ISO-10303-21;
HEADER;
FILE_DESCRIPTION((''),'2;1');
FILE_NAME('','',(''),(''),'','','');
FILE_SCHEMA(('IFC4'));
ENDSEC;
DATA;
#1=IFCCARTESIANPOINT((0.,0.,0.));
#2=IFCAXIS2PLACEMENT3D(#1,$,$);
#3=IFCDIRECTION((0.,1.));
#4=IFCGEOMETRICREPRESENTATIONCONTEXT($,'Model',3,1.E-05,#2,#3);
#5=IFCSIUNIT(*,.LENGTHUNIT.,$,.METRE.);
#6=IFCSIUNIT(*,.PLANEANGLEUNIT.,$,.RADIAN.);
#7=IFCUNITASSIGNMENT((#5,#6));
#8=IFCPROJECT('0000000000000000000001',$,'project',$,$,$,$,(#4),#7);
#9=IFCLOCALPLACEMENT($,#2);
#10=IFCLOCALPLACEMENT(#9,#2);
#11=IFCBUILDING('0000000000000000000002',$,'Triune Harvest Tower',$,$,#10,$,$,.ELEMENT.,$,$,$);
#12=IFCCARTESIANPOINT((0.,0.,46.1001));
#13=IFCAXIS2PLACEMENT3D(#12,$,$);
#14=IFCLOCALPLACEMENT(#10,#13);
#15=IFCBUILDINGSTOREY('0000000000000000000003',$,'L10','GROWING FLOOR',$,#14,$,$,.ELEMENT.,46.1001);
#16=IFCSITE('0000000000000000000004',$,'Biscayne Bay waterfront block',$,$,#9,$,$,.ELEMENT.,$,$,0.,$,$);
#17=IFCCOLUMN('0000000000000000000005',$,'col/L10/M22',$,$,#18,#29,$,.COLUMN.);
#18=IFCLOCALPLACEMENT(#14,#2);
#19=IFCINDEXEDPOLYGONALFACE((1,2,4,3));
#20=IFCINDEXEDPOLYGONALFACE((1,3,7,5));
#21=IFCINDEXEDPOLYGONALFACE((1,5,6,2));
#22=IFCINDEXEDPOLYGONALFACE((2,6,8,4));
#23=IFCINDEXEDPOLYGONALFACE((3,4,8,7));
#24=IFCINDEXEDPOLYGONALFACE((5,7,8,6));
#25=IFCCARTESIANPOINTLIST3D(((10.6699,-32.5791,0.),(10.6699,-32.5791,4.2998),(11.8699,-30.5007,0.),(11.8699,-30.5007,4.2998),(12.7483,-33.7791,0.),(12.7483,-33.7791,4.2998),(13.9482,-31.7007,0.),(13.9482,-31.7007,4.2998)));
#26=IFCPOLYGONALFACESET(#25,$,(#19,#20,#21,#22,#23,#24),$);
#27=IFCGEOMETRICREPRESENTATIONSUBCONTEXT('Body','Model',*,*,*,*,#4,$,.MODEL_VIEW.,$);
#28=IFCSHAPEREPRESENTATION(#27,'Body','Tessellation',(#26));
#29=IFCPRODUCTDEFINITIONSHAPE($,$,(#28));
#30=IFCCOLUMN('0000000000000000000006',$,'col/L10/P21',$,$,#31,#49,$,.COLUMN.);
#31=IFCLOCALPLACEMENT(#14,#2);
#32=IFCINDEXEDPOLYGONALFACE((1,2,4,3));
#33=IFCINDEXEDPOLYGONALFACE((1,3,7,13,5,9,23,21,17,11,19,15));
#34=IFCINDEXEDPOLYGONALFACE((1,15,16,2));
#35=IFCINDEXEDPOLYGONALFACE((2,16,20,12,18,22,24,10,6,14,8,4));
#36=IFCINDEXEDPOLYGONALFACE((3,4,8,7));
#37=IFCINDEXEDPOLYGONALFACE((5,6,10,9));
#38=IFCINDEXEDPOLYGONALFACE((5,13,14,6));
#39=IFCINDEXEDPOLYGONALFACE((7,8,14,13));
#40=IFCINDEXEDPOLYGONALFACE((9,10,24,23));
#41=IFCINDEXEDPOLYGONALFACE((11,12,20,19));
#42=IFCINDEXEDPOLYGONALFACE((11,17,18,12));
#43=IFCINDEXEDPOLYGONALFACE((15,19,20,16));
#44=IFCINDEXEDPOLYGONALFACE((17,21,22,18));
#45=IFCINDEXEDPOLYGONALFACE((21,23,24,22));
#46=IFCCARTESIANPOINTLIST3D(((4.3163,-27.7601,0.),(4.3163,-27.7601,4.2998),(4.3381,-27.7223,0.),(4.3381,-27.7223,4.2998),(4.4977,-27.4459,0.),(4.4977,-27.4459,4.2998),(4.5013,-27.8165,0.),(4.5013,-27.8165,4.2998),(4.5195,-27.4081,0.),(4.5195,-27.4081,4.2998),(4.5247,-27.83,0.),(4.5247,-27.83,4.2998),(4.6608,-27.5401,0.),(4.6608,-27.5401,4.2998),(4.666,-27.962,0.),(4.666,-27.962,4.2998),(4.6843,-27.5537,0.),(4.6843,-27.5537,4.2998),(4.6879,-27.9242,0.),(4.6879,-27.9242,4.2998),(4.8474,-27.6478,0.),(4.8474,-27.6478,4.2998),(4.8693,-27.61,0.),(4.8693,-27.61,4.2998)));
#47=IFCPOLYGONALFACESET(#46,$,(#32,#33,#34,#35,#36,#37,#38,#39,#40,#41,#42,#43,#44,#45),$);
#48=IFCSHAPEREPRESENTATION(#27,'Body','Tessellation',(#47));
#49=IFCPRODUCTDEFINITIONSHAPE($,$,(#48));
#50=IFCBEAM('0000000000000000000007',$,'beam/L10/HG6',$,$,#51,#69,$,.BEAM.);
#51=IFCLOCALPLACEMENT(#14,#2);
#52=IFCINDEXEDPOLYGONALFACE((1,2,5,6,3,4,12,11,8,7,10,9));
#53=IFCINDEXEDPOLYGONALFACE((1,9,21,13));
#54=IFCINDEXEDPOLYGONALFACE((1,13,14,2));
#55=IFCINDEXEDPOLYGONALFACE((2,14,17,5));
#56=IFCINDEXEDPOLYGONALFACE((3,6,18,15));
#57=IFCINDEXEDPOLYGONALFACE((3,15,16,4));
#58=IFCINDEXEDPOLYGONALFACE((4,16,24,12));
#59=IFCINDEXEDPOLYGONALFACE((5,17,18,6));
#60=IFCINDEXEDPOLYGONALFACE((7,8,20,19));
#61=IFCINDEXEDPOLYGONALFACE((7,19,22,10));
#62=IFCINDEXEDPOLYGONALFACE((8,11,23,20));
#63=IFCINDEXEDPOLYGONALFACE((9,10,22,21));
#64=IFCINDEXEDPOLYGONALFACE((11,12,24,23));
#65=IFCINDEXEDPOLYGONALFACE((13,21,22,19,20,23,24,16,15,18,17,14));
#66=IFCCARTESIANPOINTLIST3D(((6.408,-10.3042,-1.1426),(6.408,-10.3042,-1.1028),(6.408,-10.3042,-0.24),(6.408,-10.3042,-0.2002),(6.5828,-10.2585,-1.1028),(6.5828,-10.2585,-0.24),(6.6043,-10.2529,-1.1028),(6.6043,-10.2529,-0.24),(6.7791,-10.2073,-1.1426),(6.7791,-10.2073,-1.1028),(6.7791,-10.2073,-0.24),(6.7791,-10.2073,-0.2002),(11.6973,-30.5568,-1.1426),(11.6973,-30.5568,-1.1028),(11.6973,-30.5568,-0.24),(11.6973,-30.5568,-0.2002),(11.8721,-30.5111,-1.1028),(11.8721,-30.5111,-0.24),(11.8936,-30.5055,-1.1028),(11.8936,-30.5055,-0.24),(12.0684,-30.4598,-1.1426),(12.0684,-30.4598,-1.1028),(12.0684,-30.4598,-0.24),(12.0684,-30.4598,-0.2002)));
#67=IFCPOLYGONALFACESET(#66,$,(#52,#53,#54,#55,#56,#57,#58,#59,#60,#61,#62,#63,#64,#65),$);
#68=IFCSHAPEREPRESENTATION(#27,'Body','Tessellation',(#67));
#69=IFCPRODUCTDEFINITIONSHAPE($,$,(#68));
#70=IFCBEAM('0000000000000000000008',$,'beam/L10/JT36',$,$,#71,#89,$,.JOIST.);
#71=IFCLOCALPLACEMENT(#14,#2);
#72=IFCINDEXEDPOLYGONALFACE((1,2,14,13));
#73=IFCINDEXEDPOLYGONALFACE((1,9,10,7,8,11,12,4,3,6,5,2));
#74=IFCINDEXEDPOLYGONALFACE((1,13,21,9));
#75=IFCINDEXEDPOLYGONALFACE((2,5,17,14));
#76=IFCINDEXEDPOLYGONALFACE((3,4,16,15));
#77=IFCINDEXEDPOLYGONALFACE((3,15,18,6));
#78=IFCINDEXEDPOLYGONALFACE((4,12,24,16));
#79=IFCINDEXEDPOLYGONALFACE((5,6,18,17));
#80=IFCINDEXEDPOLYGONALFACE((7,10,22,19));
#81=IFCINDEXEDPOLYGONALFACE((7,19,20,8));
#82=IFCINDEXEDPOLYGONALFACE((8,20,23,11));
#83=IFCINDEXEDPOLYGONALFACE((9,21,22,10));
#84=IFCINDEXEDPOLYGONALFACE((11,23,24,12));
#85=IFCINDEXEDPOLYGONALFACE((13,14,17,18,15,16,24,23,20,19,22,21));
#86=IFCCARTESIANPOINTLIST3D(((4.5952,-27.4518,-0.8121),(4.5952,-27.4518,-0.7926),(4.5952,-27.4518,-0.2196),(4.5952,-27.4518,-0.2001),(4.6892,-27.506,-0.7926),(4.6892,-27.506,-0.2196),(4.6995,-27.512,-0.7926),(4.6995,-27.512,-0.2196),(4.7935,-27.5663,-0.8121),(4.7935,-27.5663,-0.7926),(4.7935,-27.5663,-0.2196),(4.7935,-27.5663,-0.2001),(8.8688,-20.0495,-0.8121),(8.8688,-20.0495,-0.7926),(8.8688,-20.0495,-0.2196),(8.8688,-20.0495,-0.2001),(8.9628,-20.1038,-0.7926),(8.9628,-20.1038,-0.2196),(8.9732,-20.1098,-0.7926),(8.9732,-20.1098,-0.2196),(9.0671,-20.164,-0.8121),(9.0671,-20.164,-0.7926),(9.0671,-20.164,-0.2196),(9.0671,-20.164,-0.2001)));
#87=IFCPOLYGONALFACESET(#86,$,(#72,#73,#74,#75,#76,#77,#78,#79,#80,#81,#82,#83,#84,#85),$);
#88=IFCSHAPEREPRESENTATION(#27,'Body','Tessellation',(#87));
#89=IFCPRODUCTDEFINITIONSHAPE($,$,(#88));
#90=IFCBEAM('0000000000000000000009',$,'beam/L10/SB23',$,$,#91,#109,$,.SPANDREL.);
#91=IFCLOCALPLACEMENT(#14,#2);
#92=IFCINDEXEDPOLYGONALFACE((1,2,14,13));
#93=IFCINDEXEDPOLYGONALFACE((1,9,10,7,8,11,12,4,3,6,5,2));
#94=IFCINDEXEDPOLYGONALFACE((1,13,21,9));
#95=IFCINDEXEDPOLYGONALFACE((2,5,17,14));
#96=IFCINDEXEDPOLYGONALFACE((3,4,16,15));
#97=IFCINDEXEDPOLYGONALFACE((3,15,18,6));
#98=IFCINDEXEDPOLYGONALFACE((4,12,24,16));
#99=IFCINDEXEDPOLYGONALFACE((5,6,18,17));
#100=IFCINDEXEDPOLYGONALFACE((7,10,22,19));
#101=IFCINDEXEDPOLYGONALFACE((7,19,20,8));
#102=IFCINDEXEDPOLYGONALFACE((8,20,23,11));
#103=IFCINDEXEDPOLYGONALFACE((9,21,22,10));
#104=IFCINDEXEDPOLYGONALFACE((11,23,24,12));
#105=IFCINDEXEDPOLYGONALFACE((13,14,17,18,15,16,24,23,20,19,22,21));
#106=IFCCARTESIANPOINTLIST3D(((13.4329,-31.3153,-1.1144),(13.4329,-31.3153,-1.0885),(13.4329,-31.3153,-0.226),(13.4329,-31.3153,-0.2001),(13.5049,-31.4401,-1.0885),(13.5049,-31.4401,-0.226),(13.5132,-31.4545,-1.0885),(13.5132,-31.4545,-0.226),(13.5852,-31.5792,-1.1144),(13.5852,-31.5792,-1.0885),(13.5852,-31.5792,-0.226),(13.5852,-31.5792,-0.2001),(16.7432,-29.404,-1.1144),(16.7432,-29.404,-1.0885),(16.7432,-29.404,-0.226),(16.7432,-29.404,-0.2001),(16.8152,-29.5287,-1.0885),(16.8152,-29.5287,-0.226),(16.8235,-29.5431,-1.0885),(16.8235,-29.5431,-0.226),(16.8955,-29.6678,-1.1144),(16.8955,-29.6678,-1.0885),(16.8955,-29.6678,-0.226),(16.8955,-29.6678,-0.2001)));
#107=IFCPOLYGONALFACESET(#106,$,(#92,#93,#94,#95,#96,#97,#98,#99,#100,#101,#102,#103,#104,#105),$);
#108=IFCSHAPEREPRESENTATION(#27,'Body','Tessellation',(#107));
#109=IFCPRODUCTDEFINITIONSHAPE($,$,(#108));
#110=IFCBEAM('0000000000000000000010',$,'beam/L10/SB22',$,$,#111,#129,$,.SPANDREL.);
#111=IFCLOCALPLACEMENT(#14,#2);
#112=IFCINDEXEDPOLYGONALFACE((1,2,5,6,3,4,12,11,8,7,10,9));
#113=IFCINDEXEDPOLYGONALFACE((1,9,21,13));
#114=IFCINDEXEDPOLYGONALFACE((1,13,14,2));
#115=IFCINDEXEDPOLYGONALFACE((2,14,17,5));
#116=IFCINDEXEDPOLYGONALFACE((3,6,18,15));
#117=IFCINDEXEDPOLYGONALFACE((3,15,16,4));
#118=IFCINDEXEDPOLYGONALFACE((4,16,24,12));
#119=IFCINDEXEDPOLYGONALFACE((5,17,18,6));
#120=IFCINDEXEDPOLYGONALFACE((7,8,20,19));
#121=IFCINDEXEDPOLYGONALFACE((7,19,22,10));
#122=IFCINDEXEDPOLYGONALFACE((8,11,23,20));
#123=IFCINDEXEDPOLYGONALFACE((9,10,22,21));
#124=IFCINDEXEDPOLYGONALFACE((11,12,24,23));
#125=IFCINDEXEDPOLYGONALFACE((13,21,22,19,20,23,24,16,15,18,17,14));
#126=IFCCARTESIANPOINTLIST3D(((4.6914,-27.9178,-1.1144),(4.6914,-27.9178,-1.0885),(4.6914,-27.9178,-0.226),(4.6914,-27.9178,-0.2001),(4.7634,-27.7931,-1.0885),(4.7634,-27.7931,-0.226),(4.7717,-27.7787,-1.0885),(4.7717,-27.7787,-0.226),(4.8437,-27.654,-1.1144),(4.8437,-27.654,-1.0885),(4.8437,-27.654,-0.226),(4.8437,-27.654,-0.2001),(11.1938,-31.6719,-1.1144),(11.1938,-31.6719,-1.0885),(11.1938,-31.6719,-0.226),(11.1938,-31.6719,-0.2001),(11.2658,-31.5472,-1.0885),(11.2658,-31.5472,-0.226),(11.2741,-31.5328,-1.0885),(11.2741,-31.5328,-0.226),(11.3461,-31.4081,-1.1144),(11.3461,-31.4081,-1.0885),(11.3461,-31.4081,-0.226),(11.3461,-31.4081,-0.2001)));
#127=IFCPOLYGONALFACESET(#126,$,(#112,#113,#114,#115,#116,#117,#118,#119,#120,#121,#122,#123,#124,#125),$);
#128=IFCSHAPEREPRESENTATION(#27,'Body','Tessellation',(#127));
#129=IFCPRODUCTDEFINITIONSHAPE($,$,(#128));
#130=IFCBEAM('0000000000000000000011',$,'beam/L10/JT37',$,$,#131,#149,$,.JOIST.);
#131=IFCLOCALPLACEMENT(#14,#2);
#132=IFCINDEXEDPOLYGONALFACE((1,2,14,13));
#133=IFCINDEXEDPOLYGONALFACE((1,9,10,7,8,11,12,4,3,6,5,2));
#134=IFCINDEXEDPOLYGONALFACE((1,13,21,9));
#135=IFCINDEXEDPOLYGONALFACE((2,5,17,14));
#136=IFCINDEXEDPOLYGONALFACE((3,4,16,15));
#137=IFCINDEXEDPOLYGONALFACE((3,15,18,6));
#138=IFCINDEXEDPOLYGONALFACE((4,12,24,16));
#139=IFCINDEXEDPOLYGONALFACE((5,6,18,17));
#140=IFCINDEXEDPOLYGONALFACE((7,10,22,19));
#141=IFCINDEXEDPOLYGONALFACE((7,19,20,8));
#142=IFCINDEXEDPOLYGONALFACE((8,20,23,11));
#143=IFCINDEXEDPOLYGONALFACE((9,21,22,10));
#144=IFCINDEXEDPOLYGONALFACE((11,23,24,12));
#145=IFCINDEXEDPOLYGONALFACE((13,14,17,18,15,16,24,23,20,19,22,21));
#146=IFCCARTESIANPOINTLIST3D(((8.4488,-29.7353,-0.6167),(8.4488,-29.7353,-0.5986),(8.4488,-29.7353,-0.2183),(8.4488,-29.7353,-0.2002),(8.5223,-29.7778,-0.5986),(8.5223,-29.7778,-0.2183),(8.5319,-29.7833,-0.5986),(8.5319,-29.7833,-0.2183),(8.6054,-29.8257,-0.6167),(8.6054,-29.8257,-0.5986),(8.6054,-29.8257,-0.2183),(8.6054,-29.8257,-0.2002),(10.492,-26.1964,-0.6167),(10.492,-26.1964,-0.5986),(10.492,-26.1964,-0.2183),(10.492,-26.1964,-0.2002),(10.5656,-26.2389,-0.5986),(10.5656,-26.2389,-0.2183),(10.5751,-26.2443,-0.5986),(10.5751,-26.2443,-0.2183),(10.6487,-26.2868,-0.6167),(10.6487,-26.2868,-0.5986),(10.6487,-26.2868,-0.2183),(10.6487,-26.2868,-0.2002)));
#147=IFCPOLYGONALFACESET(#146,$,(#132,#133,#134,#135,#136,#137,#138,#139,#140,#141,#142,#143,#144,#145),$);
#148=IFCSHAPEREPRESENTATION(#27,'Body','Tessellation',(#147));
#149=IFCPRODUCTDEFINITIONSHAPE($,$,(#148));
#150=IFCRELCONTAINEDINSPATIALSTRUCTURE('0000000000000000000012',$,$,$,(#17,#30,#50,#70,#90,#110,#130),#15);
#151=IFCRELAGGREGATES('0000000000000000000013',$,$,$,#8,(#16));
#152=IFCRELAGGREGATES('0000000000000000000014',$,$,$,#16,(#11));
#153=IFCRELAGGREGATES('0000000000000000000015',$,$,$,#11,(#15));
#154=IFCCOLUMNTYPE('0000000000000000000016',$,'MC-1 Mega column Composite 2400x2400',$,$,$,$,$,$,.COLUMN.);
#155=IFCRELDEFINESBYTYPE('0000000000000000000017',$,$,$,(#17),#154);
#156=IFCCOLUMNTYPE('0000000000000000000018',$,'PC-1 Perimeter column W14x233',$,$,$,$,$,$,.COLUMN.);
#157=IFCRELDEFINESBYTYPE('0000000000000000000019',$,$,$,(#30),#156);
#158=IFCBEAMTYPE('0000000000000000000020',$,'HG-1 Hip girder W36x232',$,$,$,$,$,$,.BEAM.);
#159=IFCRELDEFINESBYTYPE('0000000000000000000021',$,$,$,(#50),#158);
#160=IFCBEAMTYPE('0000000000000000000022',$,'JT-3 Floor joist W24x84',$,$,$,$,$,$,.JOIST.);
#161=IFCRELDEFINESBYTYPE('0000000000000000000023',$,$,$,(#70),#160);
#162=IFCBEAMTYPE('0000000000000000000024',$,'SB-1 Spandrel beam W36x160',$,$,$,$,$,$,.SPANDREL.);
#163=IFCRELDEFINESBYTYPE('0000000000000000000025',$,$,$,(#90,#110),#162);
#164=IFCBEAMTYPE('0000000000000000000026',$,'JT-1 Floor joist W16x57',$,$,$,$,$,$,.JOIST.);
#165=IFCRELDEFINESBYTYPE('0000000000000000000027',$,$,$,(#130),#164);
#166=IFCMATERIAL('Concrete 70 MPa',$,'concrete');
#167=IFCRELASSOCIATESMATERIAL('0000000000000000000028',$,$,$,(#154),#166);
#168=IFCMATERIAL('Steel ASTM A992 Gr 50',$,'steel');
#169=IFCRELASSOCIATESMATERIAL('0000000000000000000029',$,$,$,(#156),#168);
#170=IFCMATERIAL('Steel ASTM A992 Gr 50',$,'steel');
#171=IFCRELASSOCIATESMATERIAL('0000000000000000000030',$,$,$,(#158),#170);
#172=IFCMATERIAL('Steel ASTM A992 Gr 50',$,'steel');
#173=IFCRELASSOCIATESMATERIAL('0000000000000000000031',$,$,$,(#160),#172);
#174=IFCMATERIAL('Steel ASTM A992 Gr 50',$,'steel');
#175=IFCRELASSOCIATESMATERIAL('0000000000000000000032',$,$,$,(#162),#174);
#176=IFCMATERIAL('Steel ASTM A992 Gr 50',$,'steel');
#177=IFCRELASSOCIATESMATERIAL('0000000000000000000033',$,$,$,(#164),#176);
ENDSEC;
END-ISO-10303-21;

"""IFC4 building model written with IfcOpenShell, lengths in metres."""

from ifc_helpers import new_model, si_unit, direction, frame, origin, origin_2d, place, context, subcontext, project, spatial, rectangle, i_section, extrude, source, transform, mapped, material, material_profile, profile_set, type_object, element, save


model = new_model("IFC4")

# Units and contexts
model_context = context("Model", 3, precision=1e-05, world=origin(), true_north=direction((0.0, 1.0)))
body_context = subcontext(model_context, "Body", "Model", "MODEL_VIEW")
ifc_project = project(units=[si_unit("LENGTHUNIT", "METRE"), si_unit("PLANEANGLEUNIT", "RADIAN")], contexts=[model_context])

# Site, building, storey
site_placement = place(None, origin())
site = spatial("IfcSite", under=ifc_project, at=site_placement, Name="Biscayne Bay waterfront block", CompositionType="ELEMENT", RefElevation=0.0)
building_placement = place(site_placement, origin())
building = spatial("IfcBuilding", under=site, at=building_placement, Name="Triune Harvest Tower", CompositionType="ELEMENT")
storey_placement = place(building_placement, frame((0.0, 0.0, 46.1001)))
storey = spatial("IfcBuildingStorey", under=building, at=storey_placement, Name="L10", Description="GROWING FLOOR", CompositionType="ELEMENT", Elevation=46.1001)

# Columns
ifc_material_1 = material(Name="Concrete 70 MPa", Category="concrete")
ifc_material_profile_1 = material_profile(ifc_material_1, rectangle(XDim=2.3999, YDim=2.3999, at=origin_2d()), Name="Composite 2400x2400")
ifc_profile_set_1 = profile_set([ifc_material_profile_1], Name="Concrete 70 MPa")
column_type_1 = type_object("IfcColumnType", Name="MC-1 Mega column Composite 2400x2400", PredefinedType="COLUMN", material=ifc_profile_set_1)
shared_shape_1 = source(origin(), body_context, "Body", "SweptSolid", [
    extrude(rectangle(XDim=2.3999, YDim=2.3999, at=origin_2d()), origin(), (0.0, 0.0, 1.0), 4.2998),
])
column_1_placement = place(storey_placement, frame((12.3091, -32.1399, 0.0), z_axis=(0.0, 0.0, 1.0), x_axis=(0.866025, -0.5, 0.0)))
element("IfcColumn", 1, at=column_1_placement, inside=storey, type_object=column_type_1, Name="col/L10/M22", PredefinedType="COLUMN", context=body_context, shape_type="MappedRepresentation", body=[
    mapped(shared_shape_1, transform((0.0, 0.0, 0.0), scale=1.0)),
])
ifc_material_2 = material(Name="Steel ASTM A992 Gr 50", Category="steel")
ifc_material_profile_2 = material_profile(ifc_material_2, i_section(OverallWidth=0.4038, OverallDepth=0.4065, WebThickness=0.0271, FlangeThickness=0.0437, at=origin_2d()), Name="W14x233")
ifc_profile_set_2 = profile_set([ifc_material_profile_2], Name="Steel ASTM A992 Gr 50")
column_type_2 = type_object("IfcColumnType", Name="PC-1 Perimeter column W14x233", PredefinedType="COLUMN", material=ifc_profile_set_2)
shared_shape_2 = source(origin(), body_context, "Body", "SweptSolid", [
    extrude(i_section(OverallWidth=0.4038, OverallDepth=0.4065, WebThickness=0.0271, FlangeThickness=0.0437, at=origin_2d()), origin(), (0.0, 0.0, 1.0), 4.2998),
])
column_2_placement = place(storey_placement, frame((4.5928, -27.6851, 0.0), z_axis=(0.0, 0.0, 1.0), x_axis=(0.866025, -0.5, 0.0)))
element("IfcColumn", 2, at=column_2_placement, inside=storey, type_object=column_type_2, Name="col/L10/P21", PredefinedType="COLUMN", context=body_context, shape_type="MappedRepresentation", body=[
    mapped(shared_shape_2, transform((0.0, 0.0, 0.0), scale=1.0)),
])

# Beams
ifc_material_3 = material(Name="Steel ASTM A992 Gr 50", Category="steel")
ifc_material_profile_3 = material_profile(ifc_material_3, i_section(OverallWidth=0.3835, OverallDepth=0.9424, WebThickness=0.0222, FlangeThickness=0.0398, at=origin_2d()), Name="W36x232")
ifc_profile_set_3 = profile_set([ifc_material_profile_3], Name="Steel ASTM A992 Gr 50")
beam_type_1 = type_object("IfcBeamType", Name="HG-1 Hip girder W36x232", PredefinedType="BEAM", material=ifc_profile_set_3)
shared_shape_3 = source(origin(), body_context, "Body", "SweptSolid", [
    extrude(i_section(OverallWidth=0.3835, OverallDepth=0.9424, WebThickness=0.0222, FlangeThickness=0.0398, at=origin_2d()), origin(), (0.0, 0.0, 1.0), 20.9319),
])
beam_1_placement = place(storey_placement, frame((11.8828, -30.5083, -0.6714), z_axis=(-0.25269, 0.967547, 0.0), x_axis=(-0.967547, -0.25269, 0.0)))
element("IfcBeam", 3, at=beam_1_placement, inside=storey, type_object=beam_type_1, Name="beam/L10/HG6", PredefinedType="BEAM", context=body_context, shape_type="MappedRepresentation", body=[
    mapped(shared_shape_3, transform((0.0, 0.0, 0.0), scale=1.0)),
])
ifc_material_4 = material(Name="Steel ASTM A992 Gr 50", Category="steel")
ifc_material_profile_4 = material_profile(ifc_material_4, i_section(OverallWidth=0.229, OverallDepth=0.6121, WebThickness=0.012, FlangeThickness=0.0195, at=origin_2d()), Name="W24x84")
ifc_profile_set_4 = profile_set([ifc_material_profile_4], Name="Steel ASTM A992 Gr 50")
beam_type_2 = type_object("IfcBeamType", Name="JT-3 Floor joist W24x84", PredefinedType="JOIST", material=ifc_profile_set_4)
shared_shape_4 = source(origin(), body_context, "Body", "SweptSolid", [
    extrude(i_section(OverallWidth=0.229, OverallDepth=0.6121, WebThickness=0.012, FlangeThickness=0.0195, at=origin_2d()), origin(), (0.0, 0.0, 1.0), 8.5474),
])
beam_2_placement = place(storey_placement, frame((4.6943, -27.509, -0.5061), z_axis=(0.499994, 0.866029, 0.0), x_axis=(-0.866029, 0.499994, 0.0)))
element("IfcBeam", 4, at=beam_2_placement, inside=storey, type_object=beam_type_2, Name="beam/L10/JT36", PredefinedType="JOIST", context=body_context, shape_type="MappedRepresentation", body=[
    mapped(shared_shape_4, transform((0.0, 0.0, 0.0), scale=1.0)),
])
ifc_material_5 = material(Name="Steel ASTM A992 Gr 50", Category="steel")
ifc_material_profile_5 = material_profile(ifc_material_5, i_section(OverallWidth=0.3047, OverallDepth=0.9143, WebThickness=0.0166, FlangeThickness=0.0259, at=origin_2d()), Name="W36x160")
ifc_profile_set_5 = profile_set([ifc_material_profile_5], Name="Steel ASTM A992 Gr 50")
beam_type_3 = type_object("IfcBeamType", Name="SB-1 Spandrel beam W36x160", PredefinedType="SPANDREL", material=ifc_profile_set_5)
shared_shape_5 = source(origin(), body_context, "Body", "SweptSolid", [
    extrude(i_section(OverallWidth=0.3047, OverallDepth=0.9143, WebThickness=0.0166, FlangeThickness=0.0259, at=origin_2d()), origin(), (0.0, 0.0, 1.0), 3.8225),
])
beam_3_placement = place(storey_placement, frame((13.509, -31.4473, -0.6572), z_axis=(0.866006, 0.500034, 0.0), x_axis=(-0.500034, 0.866006, 0.0)))
element("IfcBeam", 5, at=beam_3_placement, inside=storey, type_object=beam_type_3, Name="beam/L10/SB23", PredefinedType="SPANDREL", context=body_context, shape_type="MappedRepresentation", body=[
    mapped(shared_shape_5, transform((0.0, 0.0, 0.0), scale=1.0)),
])
shared_shape_6 = source(origin(), body_context, "Body", "SweptSolid", [
    extrude(i_section(OverallWidth=0.3047, OverallDepth=0.9143, WebThickness=0.0166, FlangeThickness=0.0259, at=origin_2d()), origin(), (0.0, 0.0, 1.0), 7.5083),
])
beam_4_placement = place(storey_placement, frame((4.7676, -27.7859, -0.6572), z_axis=(0.866027, -0.499996, 0.0), x_axis=(0.499996, 0.866027, 0.0)))
element("IfcBeam", 6, at=beam_4_placement, inside=storey, type_object=beam_type_3, Name="beam/L10/SB22", PredefinedType="SPANDREL", context=body_context, shape_type="MappedRepresentation", body=[
    mapped(shared_shape_6, transform((0.0, 0.0, 0.0), scale=1.0)),
])
ifc_material_6 = material(Name="Steel ASTM A992 Gr 50", Category="steel")
ifc_material_profile_6 = material_profile(ifc_material_6, i_section(OverallWidth=0.1809, OverallDepth=0.4165, WebThickness=0.011, FlangeThickness=0.0181, at=origin_2d()), Name="W16x57")
ifc_profile_set_6 = profile_set([ifc_material_profile_6], Name="Steel ASTM A992 Gr 50")
beam_type_4 = type_object("IfcBeamType", Name="JT-1 Floor joist W16x57", PredefinedType="JOIST", material=ifc_profile_set_6)
shared_shape_7 = source(origin(), body_context, "Body", "SweptSolid", [
    extrude(i_section(OverallWidth=0.1809, OverallDepth=0.4165, WebThickness=0.011, FlangeThickness=0.0181, at=origin_2d()), origin(), (0.0, 0.0, 1.0), 4.0864),
])
beam_5_placement = place(storey_placement, frame((8.5271, -29.7805, -0.4084), z_axis=(0.500014, 0.866017, 0.0), x_axis=(-0.866017, 0.500014, 0.0)))
element("IfcBeam", 7, at=beam_5_placement, inside=storey, type_object=beam_type_4, Name="beam/L10/JT37", PredefinedType="JOIST", context=body_context, shape_type="MappedRepresentation", body=[
    mapped(shared_shape_7, transform((0.0, 0.0, 0.0), scale=1.0)),
])

save(model, "model.ifc")
